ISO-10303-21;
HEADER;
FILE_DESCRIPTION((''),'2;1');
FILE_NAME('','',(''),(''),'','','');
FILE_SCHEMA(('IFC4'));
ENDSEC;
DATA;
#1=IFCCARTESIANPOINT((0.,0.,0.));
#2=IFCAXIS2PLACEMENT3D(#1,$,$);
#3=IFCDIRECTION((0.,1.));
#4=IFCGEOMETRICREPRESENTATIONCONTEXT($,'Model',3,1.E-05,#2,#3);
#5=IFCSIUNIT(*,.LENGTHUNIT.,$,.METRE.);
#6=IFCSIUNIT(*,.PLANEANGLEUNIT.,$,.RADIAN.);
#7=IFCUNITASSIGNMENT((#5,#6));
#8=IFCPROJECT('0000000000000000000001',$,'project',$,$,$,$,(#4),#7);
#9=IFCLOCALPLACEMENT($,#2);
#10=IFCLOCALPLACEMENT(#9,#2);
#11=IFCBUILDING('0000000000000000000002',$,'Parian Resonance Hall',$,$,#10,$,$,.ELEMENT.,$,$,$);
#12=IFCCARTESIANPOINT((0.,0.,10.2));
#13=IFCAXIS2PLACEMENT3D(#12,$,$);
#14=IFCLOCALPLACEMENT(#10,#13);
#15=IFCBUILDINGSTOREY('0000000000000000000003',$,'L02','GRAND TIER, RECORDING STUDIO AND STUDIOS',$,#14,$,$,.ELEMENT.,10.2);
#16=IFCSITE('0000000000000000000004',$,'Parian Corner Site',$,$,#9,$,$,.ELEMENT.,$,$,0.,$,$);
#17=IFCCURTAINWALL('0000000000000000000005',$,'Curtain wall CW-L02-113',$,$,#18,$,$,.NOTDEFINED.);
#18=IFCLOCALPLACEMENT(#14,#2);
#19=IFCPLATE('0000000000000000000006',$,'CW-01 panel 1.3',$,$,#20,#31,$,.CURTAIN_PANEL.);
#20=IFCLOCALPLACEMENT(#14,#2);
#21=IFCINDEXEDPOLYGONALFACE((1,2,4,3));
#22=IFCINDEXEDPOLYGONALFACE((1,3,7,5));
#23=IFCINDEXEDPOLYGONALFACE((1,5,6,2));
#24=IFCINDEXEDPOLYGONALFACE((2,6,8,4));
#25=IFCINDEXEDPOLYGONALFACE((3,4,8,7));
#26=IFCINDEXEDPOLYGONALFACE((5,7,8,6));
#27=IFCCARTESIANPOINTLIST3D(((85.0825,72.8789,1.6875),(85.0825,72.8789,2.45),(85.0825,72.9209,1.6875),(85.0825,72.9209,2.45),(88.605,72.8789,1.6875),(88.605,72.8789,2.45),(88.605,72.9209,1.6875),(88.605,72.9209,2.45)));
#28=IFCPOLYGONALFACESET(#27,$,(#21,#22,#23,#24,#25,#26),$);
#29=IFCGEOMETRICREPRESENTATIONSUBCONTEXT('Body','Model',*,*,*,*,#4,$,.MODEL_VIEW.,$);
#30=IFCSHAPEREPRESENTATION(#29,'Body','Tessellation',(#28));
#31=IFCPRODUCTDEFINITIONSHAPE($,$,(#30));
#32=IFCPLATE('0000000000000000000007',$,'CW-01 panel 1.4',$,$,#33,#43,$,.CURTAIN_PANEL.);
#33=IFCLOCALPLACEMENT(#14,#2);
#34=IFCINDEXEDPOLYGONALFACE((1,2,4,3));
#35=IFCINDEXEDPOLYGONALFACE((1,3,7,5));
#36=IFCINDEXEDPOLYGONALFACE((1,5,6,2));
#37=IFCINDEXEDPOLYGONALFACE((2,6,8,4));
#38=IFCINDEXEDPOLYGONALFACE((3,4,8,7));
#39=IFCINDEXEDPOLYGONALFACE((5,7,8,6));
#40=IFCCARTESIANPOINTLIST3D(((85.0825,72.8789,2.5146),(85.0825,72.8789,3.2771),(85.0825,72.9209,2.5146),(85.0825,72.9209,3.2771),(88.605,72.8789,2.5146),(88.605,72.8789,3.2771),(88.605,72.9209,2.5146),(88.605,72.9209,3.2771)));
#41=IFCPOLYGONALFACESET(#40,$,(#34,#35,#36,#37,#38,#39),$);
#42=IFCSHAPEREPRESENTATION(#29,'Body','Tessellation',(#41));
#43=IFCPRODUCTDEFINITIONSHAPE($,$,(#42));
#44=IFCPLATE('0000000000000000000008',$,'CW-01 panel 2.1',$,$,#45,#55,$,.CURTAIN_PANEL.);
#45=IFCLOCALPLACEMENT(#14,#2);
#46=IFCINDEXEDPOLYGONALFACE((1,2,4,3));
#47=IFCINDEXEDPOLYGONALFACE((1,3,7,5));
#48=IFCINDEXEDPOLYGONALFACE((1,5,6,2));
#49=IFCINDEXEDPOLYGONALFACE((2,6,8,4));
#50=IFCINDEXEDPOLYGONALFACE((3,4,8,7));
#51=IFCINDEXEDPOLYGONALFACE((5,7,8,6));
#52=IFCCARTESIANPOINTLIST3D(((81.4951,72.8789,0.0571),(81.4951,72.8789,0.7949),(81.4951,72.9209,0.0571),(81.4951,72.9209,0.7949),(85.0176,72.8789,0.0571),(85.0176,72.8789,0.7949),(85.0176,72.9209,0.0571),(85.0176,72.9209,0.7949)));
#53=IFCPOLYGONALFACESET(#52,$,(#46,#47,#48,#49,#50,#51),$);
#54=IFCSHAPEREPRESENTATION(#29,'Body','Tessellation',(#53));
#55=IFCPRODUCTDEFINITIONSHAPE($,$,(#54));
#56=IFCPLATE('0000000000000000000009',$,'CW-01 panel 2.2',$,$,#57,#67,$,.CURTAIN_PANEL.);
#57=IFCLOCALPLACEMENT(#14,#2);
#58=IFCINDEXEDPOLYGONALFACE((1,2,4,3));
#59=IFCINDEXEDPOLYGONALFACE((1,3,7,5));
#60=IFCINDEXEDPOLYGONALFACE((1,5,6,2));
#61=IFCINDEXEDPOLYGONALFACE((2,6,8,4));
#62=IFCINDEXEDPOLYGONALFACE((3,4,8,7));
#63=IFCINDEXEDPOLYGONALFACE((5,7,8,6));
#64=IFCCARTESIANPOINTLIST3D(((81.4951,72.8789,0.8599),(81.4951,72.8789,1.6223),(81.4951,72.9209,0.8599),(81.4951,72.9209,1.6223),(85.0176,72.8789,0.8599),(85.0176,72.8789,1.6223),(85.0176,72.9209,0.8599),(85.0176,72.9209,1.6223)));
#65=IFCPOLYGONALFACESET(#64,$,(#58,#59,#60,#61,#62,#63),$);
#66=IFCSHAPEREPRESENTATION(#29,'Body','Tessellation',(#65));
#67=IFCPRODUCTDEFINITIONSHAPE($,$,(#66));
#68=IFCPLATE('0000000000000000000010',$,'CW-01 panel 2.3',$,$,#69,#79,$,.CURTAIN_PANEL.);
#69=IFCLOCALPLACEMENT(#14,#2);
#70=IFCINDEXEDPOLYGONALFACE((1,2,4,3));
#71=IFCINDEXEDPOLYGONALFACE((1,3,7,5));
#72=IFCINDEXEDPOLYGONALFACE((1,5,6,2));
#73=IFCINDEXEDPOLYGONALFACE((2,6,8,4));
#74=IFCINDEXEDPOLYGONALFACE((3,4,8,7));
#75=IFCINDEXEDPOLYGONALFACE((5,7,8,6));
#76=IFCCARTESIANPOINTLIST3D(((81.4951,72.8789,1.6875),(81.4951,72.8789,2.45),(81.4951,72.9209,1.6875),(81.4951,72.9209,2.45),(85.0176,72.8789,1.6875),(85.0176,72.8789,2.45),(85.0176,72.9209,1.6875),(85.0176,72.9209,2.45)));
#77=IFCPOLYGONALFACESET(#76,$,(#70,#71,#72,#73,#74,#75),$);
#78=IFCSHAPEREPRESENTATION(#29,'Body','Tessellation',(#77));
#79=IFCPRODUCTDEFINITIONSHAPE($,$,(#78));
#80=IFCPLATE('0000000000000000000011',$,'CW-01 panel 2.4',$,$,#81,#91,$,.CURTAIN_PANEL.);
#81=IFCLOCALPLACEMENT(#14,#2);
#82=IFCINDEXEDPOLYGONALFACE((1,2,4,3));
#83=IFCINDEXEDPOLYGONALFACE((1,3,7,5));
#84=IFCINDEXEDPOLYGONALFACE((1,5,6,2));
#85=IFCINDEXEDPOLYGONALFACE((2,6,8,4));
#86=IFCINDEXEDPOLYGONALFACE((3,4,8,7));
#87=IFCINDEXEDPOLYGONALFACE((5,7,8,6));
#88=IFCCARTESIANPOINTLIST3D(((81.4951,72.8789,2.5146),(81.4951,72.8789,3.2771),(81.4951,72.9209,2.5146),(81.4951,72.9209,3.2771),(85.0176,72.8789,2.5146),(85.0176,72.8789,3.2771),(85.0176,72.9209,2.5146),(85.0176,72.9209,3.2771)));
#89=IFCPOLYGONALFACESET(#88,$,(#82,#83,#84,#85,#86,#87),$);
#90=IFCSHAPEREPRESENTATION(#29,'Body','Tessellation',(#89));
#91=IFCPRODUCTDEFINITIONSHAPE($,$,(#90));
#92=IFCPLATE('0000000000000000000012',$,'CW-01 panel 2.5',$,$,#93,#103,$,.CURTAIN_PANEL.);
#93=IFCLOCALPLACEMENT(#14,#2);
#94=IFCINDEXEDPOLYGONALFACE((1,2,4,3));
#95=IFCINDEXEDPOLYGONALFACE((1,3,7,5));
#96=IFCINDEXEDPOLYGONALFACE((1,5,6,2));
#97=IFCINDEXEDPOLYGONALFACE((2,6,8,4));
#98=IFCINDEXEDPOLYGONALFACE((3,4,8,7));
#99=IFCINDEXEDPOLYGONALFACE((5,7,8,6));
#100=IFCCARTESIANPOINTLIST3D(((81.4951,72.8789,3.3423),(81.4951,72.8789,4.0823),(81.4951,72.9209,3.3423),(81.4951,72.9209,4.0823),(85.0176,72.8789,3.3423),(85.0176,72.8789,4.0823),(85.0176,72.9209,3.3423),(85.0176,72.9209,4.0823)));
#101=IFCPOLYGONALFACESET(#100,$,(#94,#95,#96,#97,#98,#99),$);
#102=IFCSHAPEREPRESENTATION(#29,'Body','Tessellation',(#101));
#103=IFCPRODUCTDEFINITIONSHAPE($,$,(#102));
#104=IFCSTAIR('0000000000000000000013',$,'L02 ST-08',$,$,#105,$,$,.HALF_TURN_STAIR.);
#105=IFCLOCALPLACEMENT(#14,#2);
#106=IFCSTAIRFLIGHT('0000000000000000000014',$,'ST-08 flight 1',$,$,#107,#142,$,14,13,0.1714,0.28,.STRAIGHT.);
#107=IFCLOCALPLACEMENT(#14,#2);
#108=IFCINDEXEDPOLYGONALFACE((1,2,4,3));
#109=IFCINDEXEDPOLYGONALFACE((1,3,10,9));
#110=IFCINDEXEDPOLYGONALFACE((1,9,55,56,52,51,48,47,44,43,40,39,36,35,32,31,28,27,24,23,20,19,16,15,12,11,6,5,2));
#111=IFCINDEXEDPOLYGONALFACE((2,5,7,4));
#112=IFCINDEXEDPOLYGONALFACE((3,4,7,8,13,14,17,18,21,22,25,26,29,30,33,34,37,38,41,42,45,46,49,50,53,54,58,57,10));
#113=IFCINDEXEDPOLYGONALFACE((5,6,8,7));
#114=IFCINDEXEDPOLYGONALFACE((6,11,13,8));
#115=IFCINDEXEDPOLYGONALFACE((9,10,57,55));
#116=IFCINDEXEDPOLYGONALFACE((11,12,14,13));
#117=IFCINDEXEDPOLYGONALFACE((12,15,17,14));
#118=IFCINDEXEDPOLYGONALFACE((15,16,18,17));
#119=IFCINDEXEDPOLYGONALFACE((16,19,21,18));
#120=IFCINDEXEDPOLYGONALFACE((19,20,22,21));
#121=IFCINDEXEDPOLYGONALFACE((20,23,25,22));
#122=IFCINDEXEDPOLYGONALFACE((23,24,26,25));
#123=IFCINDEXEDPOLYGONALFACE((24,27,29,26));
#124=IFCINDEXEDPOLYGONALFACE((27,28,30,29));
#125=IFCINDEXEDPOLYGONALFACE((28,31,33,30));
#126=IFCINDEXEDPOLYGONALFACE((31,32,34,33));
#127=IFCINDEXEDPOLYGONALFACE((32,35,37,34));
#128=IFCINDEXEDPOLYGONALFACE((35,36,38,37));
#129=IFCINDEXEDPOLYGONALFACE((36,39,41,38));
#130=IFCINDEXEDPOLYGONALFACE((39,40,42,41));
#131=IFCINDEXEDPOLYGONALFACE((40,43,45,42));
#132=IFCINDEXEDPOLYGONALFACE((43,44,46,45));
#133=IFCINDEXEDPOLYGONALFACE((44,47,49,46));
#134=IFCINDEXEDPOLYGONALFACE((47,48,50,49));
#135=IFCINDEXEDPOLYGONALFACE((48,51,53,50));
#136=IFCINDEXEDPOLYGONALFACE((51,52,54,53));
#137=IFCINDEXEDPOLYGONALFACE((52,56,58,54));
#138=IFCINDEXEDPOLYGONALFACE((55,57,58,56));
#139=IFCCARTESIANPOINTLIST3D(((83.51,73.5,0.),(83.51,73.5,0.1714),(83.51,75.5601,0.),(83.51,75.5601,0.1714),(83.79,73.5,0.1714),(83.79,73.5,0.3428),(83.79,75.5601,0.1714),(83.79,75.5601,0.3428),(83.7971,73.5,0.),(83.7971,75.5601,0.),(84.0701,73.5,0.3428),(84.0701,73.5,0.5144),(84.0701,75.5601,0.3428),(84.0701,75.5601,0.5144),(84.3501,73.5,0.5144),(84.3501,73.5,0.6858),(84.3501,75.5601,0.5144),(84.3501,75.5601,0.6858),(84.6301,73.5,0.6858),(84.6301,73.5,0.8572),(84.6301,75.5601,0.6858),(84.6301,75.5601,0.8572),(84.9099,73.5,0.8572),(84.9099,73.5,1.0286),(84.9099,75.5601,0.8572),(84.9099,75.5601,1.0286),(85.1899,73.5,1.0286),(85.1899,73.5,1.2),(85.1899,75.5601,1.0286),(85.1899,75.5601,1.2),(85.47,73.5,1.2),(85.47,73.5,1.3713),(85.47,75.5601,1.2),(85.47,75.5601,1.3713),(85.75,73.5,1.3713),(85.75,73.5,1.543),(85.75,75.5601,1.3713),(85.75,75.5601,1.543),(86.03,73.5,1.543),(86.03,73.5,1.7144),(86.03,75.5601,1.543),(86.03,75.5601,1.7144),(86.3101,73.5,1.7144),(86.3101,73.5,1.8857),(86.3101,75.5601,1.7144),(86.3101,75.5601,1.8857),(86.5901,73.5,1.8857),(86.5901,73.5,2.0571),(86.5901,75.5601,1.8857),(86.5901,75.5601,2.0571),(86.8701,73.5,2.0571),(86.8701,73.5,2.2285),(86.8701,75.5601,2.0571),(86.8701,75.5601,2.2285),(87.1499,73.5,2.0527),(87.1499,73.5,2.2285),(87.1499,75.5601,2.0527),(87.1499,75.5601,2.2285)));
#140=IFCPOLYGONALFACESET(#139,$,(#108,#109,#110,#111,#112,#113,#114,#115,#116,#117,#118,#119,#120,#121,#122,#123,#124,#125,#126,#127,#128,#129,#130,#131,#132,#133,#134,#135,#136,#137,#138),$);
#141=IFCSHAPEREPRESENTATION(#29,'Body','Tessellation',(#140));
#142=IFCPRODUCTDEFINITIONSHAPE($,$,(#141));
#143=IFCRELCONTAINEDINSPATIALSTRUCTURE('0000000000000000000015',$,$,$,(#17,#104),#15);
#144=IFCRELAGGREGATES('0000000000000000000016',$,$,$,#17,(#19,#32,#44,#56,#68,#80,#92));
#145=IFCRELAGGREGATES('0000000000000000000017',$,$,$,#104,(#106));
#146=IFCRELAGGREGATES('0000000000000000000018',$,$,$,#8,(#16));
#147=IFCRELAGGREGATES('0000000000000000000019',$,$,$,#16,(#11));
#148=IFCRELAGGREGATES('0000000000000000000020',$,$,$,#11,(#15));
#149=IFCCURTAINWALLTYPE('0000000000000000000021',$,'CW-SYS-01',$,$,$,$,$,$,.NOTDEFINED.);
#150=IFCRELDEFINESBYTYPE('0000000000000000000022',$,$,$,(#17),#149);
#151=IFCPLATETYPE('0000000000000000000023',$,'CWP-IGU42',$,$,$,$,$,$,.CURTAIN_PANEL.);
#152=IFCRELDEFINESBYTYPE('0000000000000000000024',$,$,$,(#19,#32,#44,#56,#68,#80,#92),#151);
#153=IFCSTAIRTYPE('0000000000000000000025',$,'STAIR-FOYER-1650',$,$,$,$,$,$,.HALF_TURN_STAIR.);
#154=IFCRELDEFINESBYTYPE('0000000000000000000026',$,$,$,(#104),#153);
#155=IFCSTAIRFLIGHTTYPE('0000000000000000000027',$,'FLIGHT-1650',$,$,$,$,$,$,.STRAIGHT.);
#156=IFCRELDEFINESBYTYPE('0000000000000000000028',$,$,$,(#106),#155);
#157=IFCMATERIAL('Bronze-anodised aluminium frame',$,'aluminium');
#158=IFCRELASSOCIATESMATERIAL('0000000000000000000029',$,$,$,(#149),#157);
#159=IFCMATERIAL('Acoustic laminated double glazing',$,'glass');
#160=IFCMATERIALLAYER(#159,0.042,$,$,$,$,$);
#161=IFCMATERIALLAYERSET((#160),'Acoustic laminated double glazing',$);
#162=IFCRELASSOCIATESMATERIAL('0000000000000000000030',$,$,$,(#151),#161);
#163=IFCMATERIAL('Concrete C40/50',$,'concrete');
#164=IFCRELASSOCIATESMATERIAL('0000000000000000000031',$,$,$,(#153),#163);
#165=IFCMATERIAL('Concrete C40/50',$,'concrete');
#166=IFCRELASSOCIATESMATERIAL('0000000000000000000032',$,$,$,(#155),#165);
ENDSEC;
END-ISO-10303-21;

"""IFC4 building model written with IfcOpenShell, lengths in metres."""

from ifc_helpers import new_model, si_unit, direction, frame, origin, origin_2d, place, context, subcontext, project, spatial, polyline, rectangle, outline, extrude, material, layer, layer_set, type_object, element, aggregate, save


model = new_model("IFC4")

# Units and contexts
model_context = context("Model", 3, precision=1e-05, world=origin(), true_north=direction((0.0, 1.0)))
body_context = subcontext(model_context, "Body", "Model", "MODEL_VIEW")
ifc_project = project(units=[si_unit("LENGTHUNIT", "METRE"), si_unit("PLANEANGLEUNIT", "RADIAN")], contexts=[model_context])

# Site, building, storey
site_placement = place(None, origin())
site = spatial("IfcSite", under=ifc_project, at=site_placement, Name="Parian Corner Site", CompositionType="ELEMENT", RefElevation=0.0)
building_placement = place(site_placement, origin())
building = spatial("IfcBuilding", under=site, at=building_placement, Name="Parian Resonance Hall", CompositionType="ELEMENT")
storey_placement = place(building_placement, frame((0.0, 0.0, 10.2)))
storey = spatial("IfcBuildingStorey", under=building, at=storey_placement, Name="L02", Description="GRAND TIER, RECORDING STUDIO AND STUDIOS", CompositionType="ELEMENT", Elevation=10.2)

# Curtain wall, plates
ifc_material_1 = material(Name="Bronze-anodised aluminium frame", Category="aluminium")
curtain_wall_type = type_object("IfcCurtainWallType", Name="CW-SYS-01", PredefinedType="NOTDEFINED", material=ifc_material_1)
curtain_wall_placement = place(storey_placement, origin())
curtain_wall = element("IfcCurtainWall", 1, at=curtain_wall_placement, inside=storey, type_object=curtain_wall_type, Name="Curtain wall CW-L02-113", PredefinedType="NOTDEFINED")
ifc_material_2 = material(Name="Acoustic laminated double glazing", Category="glass")
ifc_layer = layer(ifc_material_2, 0.042)
ifc_layer_set = layer_set([ifc_layer], Name="Acoustic laminated double glazing")
plate_type = type_object("IfcPlateType", Name="CWP-IGU42", PredefinedType="CURTAIN_PANEL", material=ifc_layer_set)
plate_1_placement = place(storey_placement, frame((86.8438, 72.8999, 1.6875), z_axis=(0.0, 0.0, 1.0), x_axis=(-1.0, 0.0, 0.0)))
plate_1 = element("IfcPlate", 2, at=plate_1_placement, type_object=plate_type, Name="CW-01 panel 1.3", PredefinedType="CURTAIN_PANEL", context=body_context, shape_type="SweptSolid", body=[
    extrude(rectangle(XDim=3.5225, YDim=0.042, at=origin_2d()), origin(), (0.0, 0.0, 1.0), 0.7625),
])
plate_2_placement = place(storey_placement, frame((86.8438, 72.8999, 2.5146), z_axis=(0.0, 0.0, 1.0), x_axis=(-1.0, 0.0, 0.0)))
plate_2 = element("IfcPlate", 3, at=plate_2_placement, type_object=plate_type, Name="CW-01 panel 1.4", PredefinedType="CURTAIN_PANEL", context=body_context, shape_type="SweptSolid", body=[
    extrude(rectangle(XDim=3.5225, YDim=0.042, at=origin_2d()), origin(), (0.0, 0.0, 1.0), 0.7625),
])
plate_3_placement = place(storey_placement, frame((83.2563, 72.8999, 0.0571), z_axis=(0.0, 0.0, 1.0), x_axis=(-1.0, 0.0, 0.0)))
plate_3 = element("IfcPlate", 4, at=plate_3_placement, type_object=plate_type, Name="CW-01 panel 2.1", PredefinedType="CURTAIN_PANEL", context=body_context, shape_type="SweptSolid", body=[
    extrude(rectangle(XDim=3.5225, YDim=0.042, at=origin_2d()), origin(), (0.0, 0.0, 1.0), 0.7378),
])
plate_4_placement = place(storey_placement, frame((83.2563, 72.8999, 0.8599), z_axis=(0.0, 0.0, 1.0), x_axis=(-1.0, 0.0, 0.0)))
plate_4 = element("IfcPlate", 5, at=plate_4_placement, type_object=plate_type, Name="CW-01 panel 2.2", PredefinedType="CURTAIN_PANEL", context=body_context, shape_type="SweptSolid", body=[
    extrude(rectangle(XDim=3.5225, YDim=0.042, at=origin_2d()), origin(), (0.0, 0.0, 1.0), 0.7625),
])
plate_5_placement = place(storey_placement, frame((83.2563, 72.8999, 1.6875), z_axis=(0.0, 0.0, 1.0), x_axis=(-1.0, 0.0, 0.0)))
plate_5 = element("IfcPlate", 6, at=plate_5_placement, type_object=plate_type, Name="CW-01 panel 2.3", PredefinedType="CURTAIN_PANEL", context=body_context, shape_type="SweptSolid", body=[
    extrude(rectangle(XDim=3.5225, YDim=0.042, at=origin_2d()), origin(), (0.0, 0.0, 1.0), 0.7625),
])
plate_6_placement = place(storey_placement, frame((83.2563, 72.8999, 2.5146), z_axis=(0.0, 0.0, 1.0), x_axis=(-1.0, 0.0, 0.0)))
plate_6 = element("IfcPlate", 7, at=plate_6_placement, type_object=plate_type, Name="CW-01 panel 2.4", PredefinedType="CURTAIN_PANEL", context=body_context, shape_type="SweptSolid", body=[
    extrude(rectangle(XDim=3.5225, YDim=0.042, at=origin_2d()), origin(), (0.0, 0.0, 1.0), 0.7625),
])
plate_7_placement = place(storey_placement, frame((83.2563, 72.8999, 3.3423), z_axis=(0.0, 0.0, 1.0), x_axis=(-1.0, 0.0, 0.0)))
plate_7 = element("IfcPlate", 8, at=plate_7_placement, type_object=plate_type, Name="CW-01 panel 2.5", PredefinedType="CURTAIN_PANEL", context=body_context, shape_type="SweptSolid", body=[
    extrude(rectangle(XDim=3.5225, YDim=0.042, at=origin_2d()), origin(), (0.0, 0.0, 1.0), 0.74),
])
aggregate(curtain_wall, [plate_1, plate_2, plate_3, plate_4, plate_5, plate_6, plate_7])

# Stair, stair flight
ifc_material_3 = material(Name="Concrete C40/50", Category="concrete")
stair_type = type_object("IfcStairType", Name="STAIR-FOYER-1650", PredefinedType="HALF_TURN_STAIR", material=ifc_material_3)
stair_placement = place(storey_placement, origin())
stair = element("IfcStair", 9, at=stair_placement, inside=storey, type_object=stair_type, Name="L02 ST-08", PredefinedType="HALF_TURN_STAIR")
ifc_material_4 = material(Name="Concrete C40/50", Category="concrete")
stair_flight_type = type_object("IfcStairFlightType", Name="FLIGHT-1650", PredefinedType="STRAIGHT", material=ifc_material_4)
stair_flight_placement = place(storey_placement, frame((83.51, 74.53, 0.0), z_axis=(0.0, 0.0, 1.0), x_axis=(1.0, 0.0, 0.0)))
stair_flight = element("IfcStairFlight", 10, at=stair_flight_placement, type_object=stair_flight_type, Name="ST-08 flight 1", NumberOfRisers=14, NumberOfTreads=13, PredefinedType="STRAIGHT", RiserHeight=0.1714, TreadLength=0.28, context=body_context, shape_type="SweptSolid", body=[
    extrude(outline(polyline([(0.0, 0.0), (0.0, 0.1714), (0.28, 0.1714), (0.28, 0.3428), (0.5601, 0.3428), (0.5601, 0.5144), (0.8401, 0.5144), (0.8401, 0.6858), (1.1201, 0.6858), (1.1201, 0.8572), (1.3999, 0.8572), (1.3999, 1.0286), (1.6799, 1.0286), (1.6799, 1.2), (1.96, 1.2), (1.96, 1.3713), (2.24, 1.3713), (2.24, 1.543), (2.52, 1.543), (2.52, 1.7144), (2.8, 1.7144), (2.8, 1.8857), (3.0801, 1.8857), (3.0801, 2.0571), (3.3601, 2.0571), (3.3601, 2.2285), (3.6399, 2.2285), (3.6399, 2.3999), (3.6399, 2.0527), (0.2871, 0.0), (0.0, 0.0)])), frame((0.0, 1.03, 0.0), z_axis=(0.0, -1.0, 0.0), x_axis=(1.0, 0.0, 0.0)), (0.0, 0.0, 1.0), 2.0601),
])
aggregate(stair, [stair_flight])

save(model, "model.ifc")
